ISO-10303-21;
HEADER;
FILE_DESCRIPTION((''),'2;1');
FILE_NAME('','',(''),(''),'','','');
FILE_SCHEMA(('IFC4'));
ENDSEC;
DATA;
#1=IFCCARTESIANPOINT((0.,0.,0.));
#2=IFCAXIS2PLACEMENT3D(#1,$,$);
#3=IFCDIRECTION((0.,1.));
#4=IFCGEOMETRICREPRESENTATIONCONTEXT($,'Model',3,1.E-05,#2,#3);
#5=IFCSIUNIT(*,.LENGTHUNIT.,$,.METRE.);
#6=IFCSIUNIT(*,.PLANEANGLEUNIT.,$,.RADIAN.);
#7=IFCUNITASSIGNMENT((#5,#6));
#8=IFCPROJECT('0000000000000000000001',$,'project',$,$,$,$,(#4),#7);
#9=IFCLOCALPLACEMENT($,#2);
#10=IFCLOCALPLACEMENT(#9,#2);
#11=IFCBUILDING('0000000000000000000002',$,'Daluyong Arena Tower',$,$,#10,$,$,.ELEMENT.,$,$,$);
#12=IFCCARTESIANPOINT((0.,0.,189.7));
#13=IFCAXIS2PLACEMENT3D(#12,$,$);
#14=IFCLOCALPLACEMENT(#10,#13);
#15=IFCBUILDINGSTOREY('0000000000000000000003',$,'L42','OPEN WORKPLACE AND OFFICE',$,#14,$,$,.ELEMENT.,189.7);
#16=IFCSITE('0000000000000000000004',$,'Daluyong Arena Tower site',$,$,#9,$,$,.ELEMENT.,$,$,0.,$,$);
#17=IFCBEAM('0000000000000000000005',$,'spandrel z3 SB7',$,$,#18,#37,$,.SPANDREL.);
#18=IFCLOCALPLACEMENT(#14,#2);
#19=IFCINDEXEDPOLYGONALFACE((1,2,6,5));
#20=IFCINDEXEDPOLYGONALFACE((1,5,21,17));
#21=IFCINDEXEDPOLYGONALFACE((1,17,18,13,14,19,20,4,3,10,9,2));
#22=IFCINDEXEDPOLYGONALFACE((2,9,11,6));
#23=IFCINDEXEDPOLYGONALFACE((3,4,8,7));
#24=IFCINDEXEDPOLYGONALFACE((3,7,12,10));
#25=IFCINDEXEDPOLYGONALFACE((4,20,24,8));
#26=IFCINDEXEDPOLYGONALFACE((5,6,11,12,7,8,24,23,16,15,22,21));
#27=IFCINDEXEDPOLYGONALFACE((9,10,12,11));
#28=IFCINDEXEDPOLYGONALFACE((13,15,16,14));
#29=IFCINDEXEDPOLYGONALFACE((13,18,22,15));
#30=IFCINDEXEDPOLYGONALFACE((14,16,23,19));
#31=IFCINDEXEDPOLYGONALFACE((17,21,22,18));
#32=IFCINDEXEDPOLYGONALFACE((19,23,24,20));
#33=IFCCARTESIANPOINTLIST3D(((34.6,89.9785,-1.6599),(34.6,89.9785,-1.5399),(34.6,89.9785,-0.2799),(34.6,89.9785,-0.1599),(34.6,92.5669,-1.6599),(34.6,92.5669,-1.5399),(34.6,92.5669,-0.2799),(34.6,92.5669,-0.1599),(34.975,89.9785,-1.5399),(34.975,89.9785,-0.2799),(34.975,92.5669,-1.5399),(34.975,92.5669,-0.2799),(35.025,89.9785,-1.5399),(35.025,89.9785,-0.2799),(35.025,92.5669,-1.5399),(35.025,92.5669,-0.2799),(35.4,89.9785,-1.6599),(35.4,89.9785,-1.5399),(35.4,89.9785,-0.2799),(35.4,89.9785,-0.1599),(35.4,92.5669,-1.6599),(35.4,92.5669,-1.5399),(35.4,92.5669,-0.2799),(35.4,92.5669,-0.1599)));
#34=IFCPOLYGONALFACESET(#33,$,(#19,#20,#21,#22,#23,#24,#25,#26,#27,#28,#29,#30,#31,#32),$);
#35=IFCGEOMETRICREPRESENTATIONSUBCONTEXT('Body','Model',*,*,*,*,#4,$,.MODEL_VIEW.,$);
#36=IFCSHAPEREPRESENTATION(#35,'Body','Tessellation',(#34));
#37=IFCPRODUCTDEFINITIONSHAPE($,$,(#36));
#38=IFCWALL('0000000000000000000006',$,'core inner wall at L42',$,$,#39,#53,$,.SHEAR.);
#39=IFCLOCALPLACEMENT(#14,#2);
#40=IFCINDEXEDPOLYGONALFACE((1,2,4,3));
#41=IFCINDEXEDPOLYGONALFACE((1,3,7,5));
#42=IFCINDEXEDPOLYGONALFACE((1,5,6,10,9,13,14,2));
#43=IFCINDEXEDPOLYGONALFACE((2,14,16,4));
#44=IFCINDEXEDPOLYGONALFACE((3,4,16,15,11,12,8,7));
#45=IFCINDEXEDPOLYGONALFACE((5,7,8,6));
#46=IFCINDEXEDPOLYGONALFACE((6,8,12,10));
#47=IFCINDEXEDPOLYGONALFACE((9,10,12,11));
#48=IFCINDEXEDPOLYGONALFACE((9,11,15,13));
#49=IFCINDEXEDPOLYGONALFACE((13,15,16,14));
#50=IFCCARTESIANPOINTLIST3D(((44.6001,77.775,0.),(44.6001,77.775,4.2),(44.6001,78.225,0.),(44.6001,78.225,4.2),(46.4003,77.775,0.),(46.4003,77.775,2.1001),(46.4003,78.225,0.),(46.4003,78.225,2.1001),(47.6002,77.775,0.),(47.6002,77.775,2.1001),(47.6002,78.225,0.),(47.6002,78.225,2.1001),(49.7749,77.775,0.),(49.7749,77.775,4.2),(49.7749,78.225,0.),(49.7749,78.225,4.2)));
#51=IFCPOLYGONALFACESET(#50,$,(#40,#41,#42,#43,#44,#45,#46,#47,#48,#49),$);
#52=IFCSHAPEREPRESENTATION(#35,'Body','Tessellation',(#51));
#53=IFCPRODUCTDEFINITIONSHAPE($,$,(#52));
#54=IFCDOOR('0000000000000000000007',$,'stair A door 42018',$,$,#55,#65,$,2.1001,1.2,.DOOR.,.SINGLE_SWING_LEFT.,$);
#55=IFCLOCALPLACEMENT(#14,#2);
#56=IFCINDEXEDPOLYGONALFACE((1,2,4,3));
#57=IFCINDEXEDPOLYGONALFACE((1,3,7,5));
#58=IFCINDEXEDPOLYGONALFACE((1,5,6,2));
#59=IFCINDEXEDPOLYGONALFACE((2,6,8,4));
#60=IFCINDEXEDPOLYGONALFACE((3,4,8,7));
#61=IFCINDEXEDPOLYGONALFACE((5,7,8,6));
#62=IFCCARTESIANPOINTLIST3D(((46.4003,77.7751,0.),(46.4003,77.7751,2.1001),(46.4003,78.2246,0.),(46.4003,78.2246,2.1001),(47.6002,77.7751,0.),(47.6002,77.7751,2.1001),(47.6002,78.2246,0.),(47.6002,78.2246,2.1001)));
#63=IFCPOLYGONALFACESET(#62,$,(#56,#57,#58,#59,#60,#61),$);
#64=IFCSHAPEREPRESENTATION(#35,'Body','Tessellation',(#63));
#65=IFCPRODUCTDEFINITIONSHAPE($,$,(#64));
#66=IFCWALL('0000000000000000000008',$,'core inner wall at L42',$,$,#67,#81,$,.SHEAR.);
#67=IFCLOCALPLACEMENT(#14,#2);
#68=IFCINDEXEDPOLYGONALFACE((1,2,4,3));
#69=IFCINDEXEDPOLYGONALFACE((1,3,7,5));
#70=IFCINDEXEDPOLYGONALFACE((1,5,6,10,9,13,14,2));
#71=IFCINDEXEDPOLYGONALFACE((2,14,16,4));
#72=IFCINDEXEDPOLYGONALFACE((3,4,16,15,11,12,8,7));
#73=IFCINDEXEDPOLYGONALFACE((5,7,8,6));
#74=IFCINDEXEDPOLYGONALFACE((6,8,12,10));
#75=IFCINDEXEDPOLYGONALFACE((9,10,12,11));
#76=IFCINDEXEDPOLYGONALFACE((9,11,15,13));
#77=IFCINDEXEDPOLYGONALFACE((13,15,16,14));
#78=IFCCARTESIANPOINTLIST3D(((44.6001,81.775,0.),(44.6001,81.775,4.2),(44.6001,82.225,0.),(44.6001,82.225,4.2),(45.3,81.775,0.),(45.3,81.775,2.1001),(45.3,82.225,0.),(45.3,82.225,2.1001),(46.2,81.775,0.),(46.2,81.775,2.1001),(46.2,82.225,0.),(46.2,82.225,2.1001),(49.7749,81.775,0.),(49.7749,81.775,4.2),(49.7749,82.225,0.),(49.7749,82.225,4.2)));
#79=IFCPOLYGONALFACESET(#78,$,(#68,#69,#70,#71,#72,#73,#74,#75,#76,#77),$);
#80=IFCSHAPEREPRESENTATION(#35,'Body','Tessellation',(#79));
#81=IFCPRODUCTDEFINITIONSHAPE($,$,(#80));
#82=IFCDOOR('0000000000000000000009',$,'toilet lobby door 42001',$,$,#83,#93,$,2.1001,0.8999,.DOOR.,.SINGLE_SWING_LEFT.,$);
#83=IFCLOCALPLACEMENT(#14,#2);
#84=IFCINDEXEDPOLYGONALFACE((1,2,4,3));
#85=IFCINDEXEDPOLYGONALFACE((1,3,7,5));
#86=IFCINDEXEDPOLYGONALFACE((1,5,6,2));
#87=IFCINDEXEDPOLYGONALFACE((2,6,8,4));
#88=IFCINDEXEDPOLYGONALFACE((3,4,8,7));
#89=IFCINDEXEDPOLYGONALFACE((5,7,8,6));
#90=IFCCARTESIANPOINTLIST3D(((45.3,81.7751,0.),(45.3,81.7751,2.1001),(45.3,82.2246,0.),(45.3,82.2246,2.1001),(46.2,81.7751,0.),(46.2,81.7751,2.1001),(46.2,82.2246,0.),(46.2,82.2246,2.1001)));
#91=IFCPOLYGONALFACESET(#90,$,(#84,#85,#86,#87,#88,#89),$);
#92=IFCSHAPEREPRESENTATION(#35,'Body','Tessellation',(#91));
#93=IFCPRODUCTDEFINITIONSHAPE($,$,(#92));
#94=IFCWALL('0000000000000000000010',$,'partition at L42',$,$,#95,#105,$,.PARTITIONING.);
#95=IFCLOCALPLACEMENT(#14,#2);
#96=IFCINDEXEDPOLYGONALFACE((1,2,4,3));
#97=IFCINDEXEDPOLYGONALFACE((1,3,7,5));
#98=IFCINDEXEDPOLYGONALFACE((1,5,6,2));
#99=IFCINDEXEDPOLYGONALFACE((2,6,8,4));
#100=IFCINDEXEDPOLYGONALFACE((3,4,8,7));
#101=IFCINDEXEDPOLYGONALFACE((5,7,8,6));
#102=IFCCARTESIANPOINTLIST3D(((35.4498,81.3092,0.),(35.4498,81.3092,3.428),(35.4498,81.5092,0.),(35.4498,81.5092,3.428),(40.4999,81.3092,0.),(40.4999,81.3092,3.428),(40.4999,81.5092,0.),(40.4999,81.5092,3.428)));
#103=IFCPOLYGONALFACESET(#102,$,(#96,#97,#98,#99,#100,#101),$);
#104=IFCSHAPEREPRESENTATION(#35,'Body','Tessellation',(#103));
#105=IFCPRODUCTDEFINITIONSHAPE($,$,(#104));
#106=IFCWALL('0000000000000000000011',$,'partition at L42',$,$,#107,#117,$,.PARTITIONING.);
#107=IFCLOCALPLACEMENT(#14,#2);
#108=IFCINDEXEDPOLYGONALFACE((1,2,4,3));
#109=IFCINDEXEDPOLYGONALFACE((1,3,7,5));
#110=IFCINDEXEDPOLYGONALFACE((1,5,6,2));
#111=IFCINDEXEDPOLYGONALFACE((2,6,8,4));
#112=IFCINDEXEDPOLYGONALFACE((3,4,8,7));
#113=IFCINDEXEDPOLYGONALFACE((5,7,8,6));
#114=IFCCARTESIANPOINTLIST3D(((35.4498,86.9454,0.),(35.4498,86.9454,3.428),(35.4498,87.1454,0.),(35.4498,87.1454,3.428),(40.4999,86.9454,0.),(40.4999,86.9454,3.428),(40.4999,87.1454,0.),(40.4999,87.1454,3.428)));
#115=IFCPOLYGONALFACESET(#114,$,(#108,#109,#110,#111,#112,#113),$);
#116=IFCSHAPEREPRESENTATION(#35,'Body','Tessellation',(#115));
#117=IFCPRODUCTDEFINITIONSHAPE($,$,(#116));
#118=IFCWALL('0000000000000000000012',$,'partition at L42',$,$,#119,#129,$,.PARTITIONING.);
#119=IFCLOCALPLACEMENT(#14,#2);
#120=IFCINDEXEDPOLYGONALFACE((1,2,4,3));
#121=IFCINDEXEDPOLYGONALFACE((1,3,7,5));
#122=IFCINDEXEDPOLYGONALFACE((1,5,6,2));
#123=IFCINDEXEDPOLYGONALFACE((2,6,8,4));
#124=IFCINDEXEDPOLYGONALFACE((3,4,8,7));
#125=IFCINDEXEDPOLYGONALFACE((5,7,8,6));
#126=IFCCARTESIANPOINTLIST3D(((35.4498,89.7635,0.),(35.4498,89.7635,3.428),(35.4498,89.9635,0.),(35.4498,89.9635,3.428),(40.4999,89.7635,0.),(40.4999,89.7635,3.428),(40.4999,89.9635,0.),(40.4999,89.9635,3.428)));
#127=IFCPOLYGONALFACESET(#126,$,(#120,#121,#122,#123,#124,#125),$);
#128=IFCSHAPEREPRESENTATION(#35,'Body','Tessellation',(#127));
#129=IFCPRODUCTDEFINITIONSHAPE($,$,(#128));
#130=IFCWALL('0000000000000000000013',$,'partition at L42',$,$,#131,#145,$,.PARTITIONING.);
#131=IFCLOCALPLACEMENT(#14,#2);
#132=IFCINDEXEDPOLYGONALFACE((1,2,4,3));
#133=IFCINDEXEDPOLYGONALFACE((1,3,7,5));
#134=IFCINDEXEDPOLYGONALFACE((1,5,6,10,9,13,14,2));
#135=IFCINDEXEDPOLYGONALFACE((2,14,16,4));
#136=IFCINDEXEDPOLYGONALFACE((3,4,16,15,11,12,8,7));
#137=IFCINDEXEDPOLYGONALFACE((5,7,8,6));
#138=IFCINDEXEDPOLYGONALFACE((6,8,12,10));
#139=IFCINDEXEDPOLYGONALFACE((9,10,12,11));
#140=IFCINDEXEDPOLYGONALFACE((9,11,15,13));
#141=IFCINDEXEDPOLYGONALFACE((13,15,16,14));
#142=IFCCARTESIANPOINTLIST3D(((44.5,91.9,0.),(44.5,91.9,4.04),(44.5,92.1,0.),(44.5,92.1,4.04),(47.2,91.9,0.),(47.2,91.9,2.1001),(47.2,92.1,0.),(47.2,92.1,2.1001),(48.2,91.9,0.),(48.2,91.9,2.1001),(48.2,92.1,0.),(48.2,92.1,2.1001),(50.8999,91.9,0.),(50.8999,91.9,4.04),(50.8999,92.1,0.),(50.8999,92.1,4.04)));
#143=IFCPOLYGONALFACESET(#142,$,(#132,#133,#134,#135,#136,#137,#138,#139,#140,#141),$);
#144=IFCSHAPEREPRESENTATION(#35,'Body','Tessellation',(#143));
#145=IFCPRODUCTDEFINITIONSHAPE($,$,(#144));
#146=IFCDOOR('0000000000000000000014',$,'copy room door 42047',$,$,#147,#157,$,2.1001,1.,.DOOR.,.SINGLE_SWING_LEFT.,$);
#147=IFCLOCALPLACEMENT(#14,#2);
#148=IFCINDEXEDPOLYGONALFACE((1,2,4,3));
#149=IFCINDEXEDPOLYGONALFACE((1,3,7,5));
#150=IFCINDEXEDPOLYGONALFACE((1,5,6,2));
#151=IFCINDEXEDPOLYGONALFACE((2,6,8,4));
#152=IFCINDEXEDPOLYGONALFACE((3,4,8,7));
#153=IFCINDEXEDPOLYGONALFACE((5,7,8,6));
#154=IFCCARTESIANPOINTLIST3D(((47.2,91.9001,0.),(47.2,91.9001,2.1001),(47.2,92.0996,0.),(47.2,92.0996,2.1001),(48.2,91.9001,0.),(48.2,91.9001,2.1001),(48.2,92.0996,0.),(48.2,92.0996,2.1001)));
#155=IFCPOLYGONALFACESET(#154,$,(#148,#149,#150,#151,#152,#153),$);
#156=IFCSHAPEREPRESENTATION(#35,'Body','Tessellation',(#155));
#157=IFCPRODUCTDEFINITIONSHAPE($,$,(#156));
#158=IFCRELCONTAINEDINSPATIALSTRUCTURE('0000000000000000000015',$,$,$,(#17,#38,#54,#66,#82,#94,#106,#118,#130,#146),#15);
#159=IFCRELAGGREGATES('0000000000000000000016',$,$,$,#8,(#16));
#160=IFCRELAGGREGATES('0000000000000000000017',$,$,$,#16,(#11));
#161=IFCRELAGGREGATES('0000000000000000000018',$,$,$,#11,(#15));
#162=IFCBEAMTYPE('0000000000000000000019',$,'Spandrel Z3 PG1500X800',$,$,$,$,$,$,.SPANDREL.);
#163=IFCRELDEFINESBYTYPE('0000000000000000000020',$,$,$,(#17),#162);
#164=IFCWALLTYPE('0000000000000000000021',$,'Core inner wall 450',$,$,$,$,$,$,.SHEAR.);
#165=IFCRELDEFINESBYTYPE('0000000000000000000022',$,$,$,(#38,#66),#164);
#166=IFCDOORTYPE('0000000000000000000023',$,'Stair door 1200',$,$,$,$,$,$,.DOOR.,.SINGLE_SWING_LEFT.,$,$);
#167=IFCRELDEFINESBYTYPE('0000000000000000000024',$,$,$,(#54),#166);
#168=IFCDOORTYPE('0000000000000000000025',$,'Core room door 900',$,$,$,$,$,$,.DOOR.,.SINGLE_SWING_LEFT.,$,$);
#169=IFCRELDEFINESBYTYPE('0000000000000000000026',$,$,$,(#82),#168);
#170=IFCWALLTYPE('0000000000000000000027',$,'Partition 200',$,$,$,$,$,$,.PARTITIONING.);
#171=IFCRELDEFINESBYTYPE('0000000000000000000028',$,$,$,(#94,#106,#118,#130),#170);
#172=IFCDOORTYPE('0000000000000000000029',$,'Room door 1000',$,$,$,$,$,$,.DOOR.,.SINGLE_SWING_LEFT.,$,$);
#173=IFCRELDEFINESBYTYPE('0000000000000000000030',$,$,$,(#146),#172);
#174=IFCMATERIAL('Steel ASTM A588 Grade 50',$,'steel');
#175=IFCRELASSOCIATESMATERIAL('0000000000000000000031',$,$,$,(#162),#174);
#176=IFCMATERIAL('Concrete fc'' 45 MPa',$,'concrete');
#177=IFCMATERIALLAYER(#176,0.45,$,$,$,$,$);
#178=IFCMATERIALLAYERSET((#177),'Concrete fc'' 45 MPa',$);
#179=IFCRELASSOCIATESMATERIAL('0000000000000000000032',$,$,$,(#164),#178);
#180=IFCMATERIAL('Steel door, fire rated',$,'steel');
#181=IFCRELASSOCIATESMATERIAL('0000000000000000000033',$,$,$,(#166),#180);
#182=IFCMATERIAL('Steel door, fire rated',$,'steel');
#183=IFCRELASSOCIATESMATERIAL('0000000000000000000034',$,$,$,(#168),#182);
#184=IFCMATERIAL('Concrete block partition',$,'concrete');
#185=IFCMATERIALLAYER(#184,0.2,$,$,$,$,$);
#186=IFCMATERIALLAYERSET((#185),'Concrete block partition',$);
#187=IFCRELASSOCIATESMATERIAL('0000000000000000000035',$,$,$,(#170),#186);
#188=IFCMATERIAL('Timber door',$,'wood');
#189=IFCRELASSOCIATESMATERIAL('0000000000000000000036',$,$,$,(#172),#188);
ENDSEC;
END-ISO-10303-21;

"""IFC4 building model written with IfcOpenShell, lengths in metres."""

from ifc_helpers import new_model, si_unit, direction, frame, frame_2d, origin, origin_2d, place, context, subcontext, project, spatial, rectangle, i_section, extrude, material, layer, layer_set, material_profile, profile_set, type_object, element, fill, save


model = new_model("IFC4")

# Units and contexts
model_context = context("Model", 3, precision=1e-05, world=origin(), true_north=direction((0.0, 1.0)))
body_context = subcontext(model_context, "Body", "Model", "MODEL_VIEW")
ifc_project = project(units=[si_unit("LENGTHUNIT", "METRE"), si_unit("PLANEANGLEUNIT", "RADIAN")], contexts=[model_context])

# Site, building, storey
site_placement = place(None, origin())
site = spatial("IfcSite", under=ifc_project, at=site_placement, Name="Daluyong Arena Tower site", CompositionType="ELEMENT", RefElevation=0.0)
building_placement = place(site_placement, origin())
building = spatial("IfcBuilding", under=site, at=building_placement, Name="Daluyong Arena Tower", CompositionType="ELEMENT")
storey_placement = place(building_placement, frame((0.0, 0.0, 189.7)))
storey = spatial("IfcBuildingStorey", under=building, at=storey_placement, Name="L42", Description="OPEN WORKPLACE AND OFFICE", CompositionType="ELEMENT", Elevation=189.7)

# Beam
ifc_material_1 = material(Name="Steel ASTM A588 Grade 50", Category="steel")
ifc_material_profile_1 = material_profile(ifc_material_1, i_section(OverallWidth=0.8, OverallDepth=1.5, WebThickness=0.05, FlangeThickness=0.12, at=origin_2d()))
ifc_profile_set_1 = profile_set([ifc_material_profile_1], Name="Steel ASTM A588 Grade 50")
beam_type_1 = type_object("IfcBeamType", Name="Spandrel Z3 PG1500X800", PredefinedType="SPANDREL", material=ifc_profile_set_1)
beam_1_placement = place(storey_placement, frame((35.0, 92.5669, -0.9099), z_axis=(0.0, -1.0, 0.0), x_axis=(1.0, 0.0, 0.0)))
element("IfcBeam", 1, at=beam_1_placement, inside=storey, type_object=beam_type_1, Name="spandrel z3 SB7", PredefinedType="SPANDREL", context=body_context, shape_type="SweptSolid", body=[
    extrude(i_section(OverallWidth=0.8, OverallDepth=1.5, WebThickness=0.05, FlangeThickness=0.12, at=origin_2d()), origin(), (0.0, 0.0, 1.0), 2.5884),
])

# Walls, openings, doors
ifc_material_2 = material(Name="Concrete fc' 45 MPa", Category="concrete")
ifc_layer_1 = layer(ifc_material_2, 0.45)
ifc_layer_set_1 = layer_set([ifc_layer_1], Name="Concrete fc' 45 MPa")
wall_type_1 = type_object("IfcWallType", Name="Core inner wall 450", PredefinedType="SHEAR", material=ifc_layer_set_1)
wall_1_placement = place(storey_placement, frame((44.6001, 78.0, 0.0), z_axis=(0.0, 0.0, 1.0), x_axis=(1.0, 0.0, 0.0)))
wall_1 = element("IfcWall", 2, at=wall_1_placement, inside=storey, type_object=wall_type_1, Name="core inner wall at L42", PredefinedType="SHEAR", context=body_context, shape_type="SweptSolid", body=[
    extrude(rectangle(XDim=5.1748, YDim=0.45, at=frame_2d((2.5874, 0.0))), origin(), (0.0, 0.0, 1.0), 4.2),
])
opening_1_placement = place(wall_1_placement, frame((1.8, 0.0, 0.0)))
opening_1 = element("IfcOpeningElement", 3, at=opening_1_placement, cuts=wall_1, PredefinedType="OPENING", context=body_context, shape_type="SweptSolid", body=[
    extrude(rectangle(XDim=1.2, YDim=2.1001, at=frame_2d((0.6001, 1.05))), frame((0.0, 0.2349, 0.0), z_axis=(0.0, -1.0, 0.0), x_axis=(1.0, 0.0, 0.0)), (0.0, 0.0, 1.0), 0.47),
])
ifc_material_3 = material(Name="Steel door, fire rated", Category="steel")
door_type_1 = type_object("IfcDoorType", Name="Stair door 1200", OperationType="SINGLE_SWING_LEFT", PredefinedType="DOOR", material=ifc_material_3)
door_1_placement = place(opening_1_placement, origin())
door_1 = element("IfcDoor", 4, at=door_1_placement, inside=storey, type_object=door_type_1, Name="stair A door 42018", OperationType="SINGLE_SWING_LEFT", OverallHeight=2.1001, OverallWidth=1.2, PredefinedType="DOOR", context=body_context, shape_type="SweptSolid", body=[
    extrude(rectangle(XDim=1.2, YDim=2.1001, at=frame_2d((0.6001, 1.05))), frame((0.0, 0.2246, 0.0), z_axis=(0.0, -1.0, 0.0), x_axis=(1.0, 0.0, 0.0)), (0.0, 0.0, 1.0), 0.4495),
])
fill(opening_1, door_1)
wall_2_placement = place(storey_placement, frame((44.6001, 82.0, 0.0), z_axis=(0.0, 0.0, 1.0), x_axis=(1.0, 0.0, 0.0)))
wall_2 = element("IfcWall", 5, at=wall_2_placement, inside=storey, type_object=wall_type_1, Name="core inner wall at L42", PredefinedType="SHEAR", context=body_context, shape_type="SweptSolid", body=[
    extrude(rectangle(XDim=5.1748, YDim=0.45, at=frame_2d((2.5874, 0.0))), origin(), (0.0, 0.0, 1.0), 4.2),
])
opening_2_placement = place(wall_2_placement, frame((0.7, 0.0, 0.0)))
opening_2 = element("IfcOpeningElement", 6, at=opening_2_placement, cuts=wall_2, PredefinedType="OPENING", context=body_context, shape_type="SweptSolid", body=[
    extrude(rectangle(XDim=0.8999, YDim=2.1001, at=frame_2d((0.45, 1.05))), frame((0.0, 0.2349, 0.0), z_axis=(0.0, -1.0, 0.0), x_axis=(1.0, 0.0, 0.0)), (0.0, 0.0, 1.0), 0.47),
])
ifc_material_4 = material(Name="Steel door, fire rated", Category="steel")
door_type_2 = type_object("IfcDoorType", Name="Core room door 900", OperationType="SINGLE_SWING_LEFT", PredefinedType="DOOR", material=ifc_material_4)
door_2_placement = place(opening_2_placement, origin())
door_2 = element("IfcDoor", 7, at=door_2_placement, inside=storey, type_object=door_type_2, Name="toilet lobby door 42001", OperationType="SINGLE_SWING_LEFT", OverallHeight=2.1001, OverallWidth=0.8999, PredefinedType="DOOR", context=body_context, shape_type="SweptSolid", body=[
    extrude(rectangle(XDim=0.8999, YDim=2.1001, at=frame_2d((0.45, 1.05))), frame((0.0, 0.2246, 0.0), z_axis=(0.0, -1.0, 0.0), x_axis=(1.0, 0.0, 0.0)), (0.0, 0.0, 1.0), 0.4495),
])
fill(opening_2, door_2)

# Walls
ifc_material_5 = material(Name="Concrete block partition", Category="concrete")
ifc_layer_2 = layer(ifc_material_5, 0.2)
ifc_layer_set_2 = layer_set([ifc_layer_2], Name="Concrete block partition")
wall_type_2 = type_object("IfcWallType", Name="Partition 200", PredefinedType="PARTITIONING", material=ifc_layer_set_2)
for number, where, z_axis, x_axis, name in (
    (8, (35.45, 81.4092, 0.0), (0.0, 0.0, 1.0), (1.0, 0.0, 0.0), "partition at L42"),
    (9, (35.45, 87.0454, 0.0), (0.0, 0.0, 1.0), (1.0, 0.0, 0.0), "partition at L42"),
    (10, (35.45, 89.8635, 0.0), (0.0, 0.0, 1.0), (1.0, 0.0, 0.0), "partition at L42"),
):
    element("IfcWall", number, at=place(storey_placement, frame(where, z_axis=z_axis, x_axis=x_axis)), inside=storey, type_object=wall_type_2, Name=name, PredefinedType="PARTITIONING", context=body_context, shape_type="SweptSolid", body=[
        extrude(rectangle(XDim=5.05, YDim=0.2, at=frame_2d((2.5249, 0.0))), origin(), (0.0, 0.0, 1.0), 3.428),
    ])

# Wall, opening, door
wall_3_placement = place(storey_placement, frame((44.5, 92.0, 0.0), z_axis=(0.0, 0.0, 1.0), x_axis=(1.0, 0.0, 0.0)))
wall_3 = element("IfcWall", 11, at=wall_3_placement, inside=storey, type_object=wall_type_2, Name="partition at L42", PredefinedType="PARTITIONING", context=body_context, shape_type="SweptSolid", body=[
    extrude(rectangle(XDim=6.3999, YDim=0.2, at=frame_2d((3.2, 0.0))), origin(), (0.0, 0.0, 1.0), 4.04),
])
opening_3_placement = place(wall_3_placement, frame((2.7, 0.0, 0.0)))
opening_3 = element("IfcOpeningElement", 12, at=opening_3_placement, cuts=wall_3, PredefinedType="OPENING", context=body_context, shape_type="SweptSolid", body=[
    extrude(rectangle(XDim=1.0, YDim=2.1001, at=frame_2d((0.5, 1.05))), frame((0.0, 0.1099, 0.0), z_axis=(0.0, -1.0, 0.0), x_axis=(1.0, 0.0, 0.0)), (0.0, 0.0, 1.0), 0.22),
])
ifc_material_6 = material(Name="Timber door", Category="wood")
door_type_3 = type_object("IfcDoorType", Name="Room door 1000", OperationType="SINGLE_SWING_LEFT", PredefinedType="DOOR", material=ifc_material_6)
door_3_placement = place(opening_3_placement, origin())
door_3 = element("IfcDoor", 13, at=door_3_placement, inside=storey, type_object=door_type_3, Name="copy room door 42047", OperationType="SINGLE_SWING_LEFT", OverallHeight=2.1001, OverallWidth=1.0, PredefinedType="DOOR", context=body_context, shape_type="SweptSolid", body=[
    extrude(rectangle(XDim=1.0, YDim=2.1001, at=frame_2d((0.5, 1.05))), frame((0.0, 0.0996, 0.0), z_axis=(0.0, -1.0, 0.0), x_axis=(1.0, 0.0, 0.0)), (0.0, 0.0, 1.0), 0.1995),
])
fill(opening_3, door_3)

save(model, "model.ifc")
